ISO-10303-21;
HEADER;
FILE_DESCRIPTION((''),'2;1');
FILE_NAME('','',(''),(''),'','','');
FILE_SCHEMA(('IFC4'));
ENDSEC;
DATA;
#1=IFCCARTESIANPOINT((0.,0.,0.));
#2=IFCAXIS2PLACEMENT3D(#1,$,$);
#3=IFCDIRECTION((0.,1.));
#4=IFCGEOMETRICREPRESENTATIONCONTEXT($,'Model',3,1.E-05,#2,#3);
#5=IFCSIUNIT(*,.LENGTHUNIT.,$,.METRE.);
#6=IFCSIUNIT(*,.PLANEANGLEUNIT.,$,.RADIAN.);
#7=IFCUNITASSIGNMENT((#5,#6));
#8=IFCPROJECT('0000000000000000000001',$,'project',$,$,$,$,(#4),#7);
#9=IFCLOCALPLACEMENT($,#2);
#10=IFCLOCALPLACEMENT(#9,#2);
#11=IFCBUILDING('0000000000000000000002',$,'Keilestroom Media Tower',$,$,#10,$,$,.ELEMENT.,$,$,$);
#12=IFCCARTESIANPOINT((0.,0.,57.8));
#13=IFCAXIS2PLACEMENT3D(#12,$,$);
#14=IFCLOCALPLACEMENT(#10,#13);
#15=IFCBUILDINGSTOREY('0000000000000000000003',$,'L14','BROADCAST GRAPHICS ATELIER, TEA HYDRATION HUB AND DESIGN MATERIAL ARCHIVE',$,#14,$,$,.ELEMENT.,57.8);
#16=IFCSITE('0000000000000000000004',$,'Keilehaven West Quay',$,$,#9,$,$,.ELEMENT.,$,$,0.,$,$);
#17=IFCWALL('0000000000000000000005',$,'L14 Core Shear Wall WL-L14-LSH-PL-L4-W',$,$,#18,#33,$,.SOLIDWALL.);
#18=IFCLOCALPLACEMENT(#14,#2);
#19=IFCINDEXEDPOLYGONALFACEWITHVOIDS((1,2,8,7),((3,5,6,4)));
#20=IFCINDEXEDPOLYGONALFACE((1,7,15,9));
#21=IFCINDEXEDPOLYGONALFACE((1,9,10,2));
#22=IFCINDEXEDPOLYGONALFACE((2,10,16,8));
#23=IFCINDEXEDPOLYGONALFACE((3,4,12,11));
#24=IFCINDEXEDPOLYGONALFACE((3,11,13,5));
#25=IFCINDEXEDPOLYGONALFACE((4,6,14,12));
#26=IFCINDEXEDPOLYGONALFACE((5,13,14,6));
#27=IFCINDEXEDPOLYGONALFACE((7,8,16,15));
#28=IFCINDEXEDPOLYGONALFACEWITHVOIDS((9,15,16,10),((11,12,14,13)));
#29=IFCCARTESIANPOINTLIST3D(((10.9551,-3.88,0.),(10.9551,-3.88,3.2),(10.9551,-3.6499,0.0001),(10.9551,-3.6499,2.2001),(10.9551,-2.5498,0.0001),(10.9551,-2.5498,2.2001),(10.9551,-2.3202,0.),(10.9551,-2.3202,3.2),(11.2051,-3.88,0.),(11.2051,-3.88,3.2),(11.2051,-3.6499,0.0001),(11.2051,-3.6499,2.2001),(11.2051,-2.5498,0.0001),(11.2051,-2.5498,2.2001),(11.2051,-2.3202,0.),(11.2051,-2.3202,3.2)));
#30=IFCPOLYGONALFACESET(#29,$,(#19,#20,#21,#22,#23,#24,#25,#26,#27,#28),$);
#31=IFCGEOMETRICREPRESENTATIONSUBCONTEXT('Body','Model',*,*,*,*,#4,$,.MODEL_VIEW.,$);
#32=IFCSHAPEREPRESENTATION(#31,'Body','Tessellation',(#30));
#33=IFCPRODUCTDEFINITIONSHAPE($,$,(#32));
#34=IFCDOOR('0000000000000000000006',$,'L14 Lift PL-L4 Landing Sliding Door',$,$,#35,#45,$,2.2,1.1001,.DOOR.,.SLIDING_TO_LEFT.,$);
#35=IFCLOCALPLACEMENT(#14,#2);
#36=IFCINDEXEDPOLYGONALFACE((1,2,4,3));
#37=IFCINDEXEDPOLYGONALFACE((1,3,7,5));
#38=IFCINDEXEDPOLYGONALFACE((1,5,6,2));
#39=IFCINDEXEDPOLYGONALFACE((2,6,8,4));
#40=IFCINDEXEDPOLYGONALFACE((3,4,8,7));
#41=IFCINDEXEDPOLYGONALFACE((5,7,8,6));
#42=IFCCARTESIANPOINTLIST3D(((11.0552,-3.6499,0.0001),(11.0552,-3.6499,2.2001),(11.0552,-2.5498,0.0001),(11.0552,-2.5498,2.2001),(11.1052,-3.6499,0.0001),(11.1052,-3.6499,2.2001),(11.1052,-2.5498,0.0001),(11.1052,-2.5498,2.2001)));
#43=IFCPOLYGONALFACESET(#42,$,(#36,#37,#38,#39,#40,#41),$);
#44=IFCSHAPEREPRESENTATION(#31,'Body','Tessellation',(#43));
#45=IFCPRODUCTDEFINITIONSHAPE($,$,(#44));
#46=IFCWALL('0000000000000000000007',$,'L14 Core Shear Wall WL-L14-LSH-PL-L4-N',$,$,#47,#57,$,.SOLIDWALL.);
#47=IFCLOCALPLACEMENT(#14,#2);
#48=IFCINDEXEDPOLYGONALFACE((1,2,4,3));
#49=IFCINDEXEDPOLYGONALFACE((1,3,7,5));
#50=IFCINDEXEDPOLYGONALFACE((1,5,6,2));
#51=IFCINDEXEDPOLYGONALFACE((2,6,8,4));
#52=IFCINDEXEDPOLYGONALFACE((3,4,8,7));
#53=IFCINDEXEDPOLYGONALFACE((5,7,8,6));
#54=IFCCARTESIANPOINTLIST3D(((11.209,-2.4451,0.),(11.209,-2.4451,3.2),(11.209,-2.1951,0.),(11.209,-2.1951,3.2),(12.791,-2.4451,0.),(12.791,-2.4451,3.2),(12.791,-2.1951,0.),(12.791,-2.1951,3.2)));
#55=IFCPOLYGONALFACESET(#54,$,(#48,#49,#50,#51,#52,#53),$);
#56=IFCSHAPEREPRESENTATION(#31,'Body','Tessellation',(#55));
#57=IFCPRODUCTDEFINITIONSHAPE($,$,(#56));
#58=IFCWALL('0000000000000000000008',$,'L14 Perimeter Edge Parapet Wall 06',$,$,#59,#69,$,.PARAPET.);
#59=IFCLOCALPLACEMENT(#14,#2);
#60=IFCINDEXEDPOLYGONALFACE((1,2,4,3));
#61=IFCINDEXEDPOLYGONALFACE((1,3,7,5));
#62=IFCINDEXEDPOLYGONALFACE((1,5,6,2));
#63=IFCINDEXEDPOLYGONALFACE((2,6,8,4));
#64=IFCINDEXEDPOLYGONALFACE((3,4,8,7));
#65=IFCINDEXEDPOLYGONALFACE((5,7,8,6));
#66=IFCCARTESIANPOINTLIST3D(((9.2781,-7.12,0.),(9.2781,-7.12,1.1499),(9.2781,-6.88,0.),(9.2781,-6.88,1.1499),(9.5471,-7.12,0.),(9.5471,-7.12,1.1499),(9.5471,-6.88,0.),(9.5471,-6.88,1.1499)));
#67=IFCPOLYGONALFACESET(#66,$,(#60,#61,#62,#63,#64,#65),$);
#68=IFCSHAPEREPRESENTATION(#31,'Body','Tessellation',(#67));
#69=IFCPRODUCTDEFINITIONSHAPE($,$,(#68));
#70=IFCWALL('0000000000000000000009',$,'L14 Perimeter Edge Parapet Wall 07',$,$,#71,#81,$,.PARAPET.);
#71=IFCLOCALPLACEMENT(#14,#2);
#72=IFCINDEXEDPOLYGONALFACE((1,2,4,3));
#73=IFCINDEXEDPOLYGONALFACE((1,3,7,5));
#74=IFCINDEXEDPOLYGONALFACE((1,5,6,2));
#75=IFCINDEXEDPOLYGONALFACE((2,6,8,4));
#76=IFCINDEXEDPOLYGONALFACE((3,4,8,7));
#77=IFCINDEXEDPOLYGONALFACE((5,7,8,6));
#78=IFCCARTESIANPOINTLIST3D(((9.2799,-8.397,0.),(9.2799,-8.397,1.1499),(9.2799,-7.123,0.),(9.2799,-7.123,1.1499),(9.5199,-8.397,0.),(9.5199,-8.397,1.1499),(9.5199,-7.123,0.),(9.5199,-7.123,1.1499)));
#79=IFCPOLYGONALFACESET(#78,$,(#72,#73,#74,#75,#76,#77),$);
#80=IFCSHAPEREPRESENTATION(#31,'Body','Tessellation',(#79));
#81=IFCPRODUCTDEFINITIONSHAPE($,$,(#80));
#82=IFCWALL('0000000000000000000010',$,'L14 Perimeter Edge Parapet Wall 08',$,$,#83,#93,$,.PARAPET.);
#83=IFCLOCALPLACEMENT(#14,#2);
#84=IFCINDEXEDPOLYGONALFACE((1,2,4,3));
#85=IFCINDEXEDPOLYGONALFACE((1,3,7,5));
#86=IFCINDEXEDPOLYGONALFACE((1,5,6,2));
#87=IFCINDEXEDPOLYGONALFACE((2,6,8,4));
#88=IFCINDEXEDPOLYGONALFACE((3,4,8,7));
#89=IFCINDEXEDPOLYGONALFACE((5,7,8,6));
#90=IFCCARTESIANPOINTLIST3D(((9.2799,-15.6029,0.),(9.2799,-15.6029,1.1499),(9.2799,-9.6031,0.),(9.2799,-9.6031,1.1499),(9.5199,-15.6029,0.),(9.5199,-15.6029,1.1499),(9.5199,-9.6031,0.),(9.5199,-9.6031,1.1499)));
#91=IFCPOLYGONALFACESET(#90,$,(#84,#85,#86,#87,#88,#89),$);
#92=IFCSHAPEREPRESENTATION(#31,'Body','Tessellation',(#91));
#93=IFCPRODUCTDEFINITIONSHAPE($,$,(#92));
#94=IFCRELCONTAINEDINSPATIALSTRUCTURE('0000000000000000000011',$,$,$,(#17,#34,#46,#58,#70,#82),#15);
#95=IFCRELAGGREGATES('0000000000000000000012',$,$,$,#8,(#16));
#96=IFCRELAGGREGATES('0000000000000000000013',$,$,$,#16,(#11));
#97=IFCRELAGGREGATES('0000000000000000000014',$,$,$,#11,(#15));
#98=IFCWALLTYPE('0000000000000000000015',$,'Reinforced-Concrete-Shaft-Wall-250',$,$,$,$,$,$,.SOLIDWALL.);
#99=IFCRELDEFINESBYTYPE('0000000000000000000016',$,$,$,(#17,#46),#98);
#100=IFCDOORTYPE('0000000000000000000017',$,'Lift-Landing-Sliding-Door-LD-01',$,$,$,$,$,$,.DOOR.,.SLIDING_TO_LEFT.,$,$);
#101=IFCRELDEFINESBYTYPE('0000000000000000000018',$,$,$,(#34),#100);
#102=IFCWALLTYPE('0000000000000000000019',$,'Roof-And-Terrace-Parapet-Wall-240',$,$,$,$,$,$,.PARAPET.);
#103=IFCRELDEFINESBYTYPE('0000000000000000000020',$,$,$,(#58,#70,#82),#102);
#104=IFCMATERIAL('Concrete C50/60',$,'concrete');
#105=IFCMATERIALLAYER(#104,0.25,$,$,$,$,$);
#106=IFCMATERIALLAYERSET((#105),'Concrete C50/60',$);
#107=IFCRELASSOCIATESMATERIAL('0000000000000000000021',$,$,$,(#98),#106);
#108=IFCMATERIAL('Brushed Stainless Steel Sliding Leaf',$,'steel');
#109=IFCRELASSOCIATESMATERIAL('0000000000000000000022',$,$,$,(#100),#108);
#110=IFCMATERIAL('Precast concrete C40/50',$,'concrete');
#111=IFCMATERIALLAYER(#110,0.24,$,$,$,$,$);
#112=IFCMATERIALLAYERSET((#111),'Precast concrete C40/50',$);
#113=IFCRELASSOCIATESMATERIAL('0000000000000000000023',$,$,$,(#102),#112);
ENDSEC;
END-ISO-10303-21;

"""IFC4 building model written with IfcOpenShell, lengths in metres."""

from ifc_helpers import new_model, si_unit, direction, frame, frame_2d, origin, place, context, subcontext, project, spatial, rectangle, extrude, source, transform, mapped, material, layer, layer_set, type_object, element, fill, save


model = new_model("IFC4")

# Units and contexts
model_context = context("Model", 3, precision=1e-05, world=origin(), true_north=direction((0.0, 1.0)))
body_context = subcontext(model_context, "Body", "Model", "MODEL_VIEW")
ifc_project = project(units=[si_unit("LENGTHUNIT", "METRE"), si_unit("PLANEANGLEUNIT", "RADIAN")], contexts=[model_context])

# Site, building, storey
site_placement = place(None, origin())
site = spatial("IfcSite", under=ifc_project, at=site_placement, Name="Keilehaven West Quay", CompositionType="ELEMENT", RefElevation=0.0)
building_placement = place(site_placement, origin())
building = spatial("IfcBuilding", under=site, at=building_placement, Name="Keilestroom Media Tower", CompositionType="ELEMENT")
storey_placement = place(building_placement, frame((0.0, 0.0, 57.8)))
storey = spatial("IfcBuildingStorey", under=building, at=storey_placement, Name="L14", Description="BROADCAST GRAPHICS ATELIER, TEA HYDRATION HUB AND DESIGN MATERIAL ARCHIVE", CompositionType="ELEMENT", Elevation=57.8)

# Shared definitions
ifc_material_1 = material(Name="Concrete C50/60", Category="concrete")
ifc_layer_1 = layer(ifc_material_1, 0.25)
ifc_layer_set_1 = layer_set([ifc_layer_1], Name="Concrete C50/60")
wall_type_1 = type_object("IfcWallType", Name="Reinforced-Concrete-Shaft-Wall-250", PredefinedType="SOLIDWALL", material=ifc_layer_set_1)

# Shared definitions
ifc_material_2 = material(Name="Brushed Stainless Steel Sliding Leaf", Category="steel")
door_type = type_object("IfcDoorType", Name="Lift-Landing-Sliding-Door-LD-01", OperationType="SLIDING_TO_LEFT", PredefinedType="DOOR", material=ifc_material_2)
shared_shape_1 = source(origin(), body_context, "Body", "SweptSolid", [
    extrude(rectangle(XDim=1.1001, YDim=2.2, at=frame_2d((0.55, 1.1001))), frame((0.0, 0.0249, 0.0), z_axis=(0.0, -1.0, 0.0), x_axis=(1.0, 0.0, 0.0)), (0.0, 0.0, 1.0), 0.05),
])

# Wall, opening, door
wall_1_placement = place(storey_placement, frame((11.0801, -3.8799, 0.0), z_axis=(0.0, 0.0, 1.0), x_axis=(0.0, 1.0, 0.0)))
wall_1 = element("IfcWall", 1, at=wall_1_placement, inside=storey, type_object=wall_type_1, Name="L14 Core Shear Wall WL-L14-LSH-PL-L4-W", PredefinedType="SOLIDWALL", context=body_context, shape_type="SweptSolid", body=[
    extrude(rectangle(XDim=1.5598, YDim=0.25, at=frame_2d((0.7798, 0.0))), origin(), (0.0, 0.0, 1.0), 3.2),
])
opening_1_placement = place(wall_1_placement, frame((0.23, 0.0, 0.0)))
opening_1 = element("IfcOpeningElement", 2, at=opening_1_placement, cuts=wall_1, PredefinedType="OPENING", context=body_context, shape_type="SweptSolid", body=[
    extrude(rectangle(XDim=1.1001, YDim=2.2, at=frame_2d((0.55, 1.1001))), frame((0.0, 0.135, 0.0), z_axis=(0.0, -1.0, 0.0), x_axis=(1.0, 0.0, 0.0)), (0.0, 0.0, 1.0), 0.27),
])
door_1_placement = place(opening_1_placement, origin())
door_1 = element("IfcDoor", 3, at=door_1_placement, inside=storey, type_object=door_type, Name="L14 Lift PL-L4 Landing Sliding Door", OperationType="SLIDING_TO_LEFT", OverallHeight=2.2, OverallWidth=1.1001, PredefinedType="DOOR", context=body_context, shape_type="MappedRepresentation", body=[
    mapped(shared_shape_1, transform((0.0, 0.0, 0.0), x_axis=(1.0, 0.0, 0.0), y_axis=(0.0, 1.0, 0.0), z_axis=(0.0, 0.0, 1.0), scale=1.0)),
])
fill(opening_1, door_1)

# Walls
wall_2_placement = place(storey_placement, frame((11.209, -2.3201, 0.0), z_axis=(0.0, 0.0, 1.0), x_axis=(1.0, 0.0, 0.0)))
element("IfcWall", 4, at=wall_2_placement, inside=storey, type_object=wall_type_1, Name="L14 Core Shear Wall WL-L14-LSH-PL-L4-N", PredefinedType="SOLIDWALL", context=body_context, shape_type="SweptSolid", body=[
    extrude(rectangle(XDim=1.582, YDim=0.25, at=frame_2d((0.791, 0.0))), origin(), (0.0, 0.0, 1.0), 3.2),
])
ifc_material_3 = material(Name="Precast concrete C40/50", Category="concrete")
ifc_layer_2 = layer(ifc_material_3, 0.24)
ifc_layer_set_2 = layer_set([ifc_layer_2], Name="Precast concrete C40/50")
wall_type_2 = type_object("IfcWallType", Name="Roof-And-Terrace-Parapet-Wall-240", PredefinedType="PARAPET", material=ifc_layer_set_2)
wall_3_placement = place(storey_placement, frame((9.5471, -7.0, 0.0), z_axis=(0.0, 0.0, 1.0), x_axis=(-1.0, 0.0, 0.0)))
element("IfcWall", 5, at=wall_3_placement, inside=storey, type_object=wall_type_2, Name="L14 Perimeter Edge Parapet Wall 06", PredefinedType="PARAPET", context=body_context, shape_type="SweptSolid", body=[
    extrude(rectangle(XDim=0.269, YDim=0.24, at=frame_2d((0.1345, 0.0))), origin(), (0.0, 0.0, 1.0), 1.1499),
])
wall_4_placement = place(storey_placement, frame((9.3999, -7.123, 0.0), z_axis=(0.0, 0.0, 1.0), x_axis=(0.0, -1.0, 0.0)))
element("IfcWall", 6, at=wall_4_placement, inside=storey, type_object=wall_type_2, Name="L14 Perimeter Edge Parapet Wall 07", PredefinedType="PARAPET", context=body_context, shape_type="SweptSolid", body=[
    extrude(rectangle(XDim=1.2739, YDim=0.24, at=frame_2d((0.637, 0.0))), origin(), (0.0, 0.0, 1.0), 1.1499),
])
wall_5_placement = place(storey_placement, frame((9.3999, -9.603, 0.0), z_axis=(0.0, 0.0, 1.0), x_axis=(0.0, -1.0, 0.0)))
element("IfcWall", 7, at=wall_5_placement, inside=storey, type_object=wall_type_2, Name="L14 Perimeter Edge Parapet Wall 08", PredefinedType="PARAPET", context=body_context, shape_type="SweptSolid", body=[
    extrude(rectangle(XDim=5.9998, YDim=0.24, at=frame_2d((3.0, 0.0))), origin(), (0.0, 0.0, 1.0), 1.1499),
])

save(model, "model.ifc")
